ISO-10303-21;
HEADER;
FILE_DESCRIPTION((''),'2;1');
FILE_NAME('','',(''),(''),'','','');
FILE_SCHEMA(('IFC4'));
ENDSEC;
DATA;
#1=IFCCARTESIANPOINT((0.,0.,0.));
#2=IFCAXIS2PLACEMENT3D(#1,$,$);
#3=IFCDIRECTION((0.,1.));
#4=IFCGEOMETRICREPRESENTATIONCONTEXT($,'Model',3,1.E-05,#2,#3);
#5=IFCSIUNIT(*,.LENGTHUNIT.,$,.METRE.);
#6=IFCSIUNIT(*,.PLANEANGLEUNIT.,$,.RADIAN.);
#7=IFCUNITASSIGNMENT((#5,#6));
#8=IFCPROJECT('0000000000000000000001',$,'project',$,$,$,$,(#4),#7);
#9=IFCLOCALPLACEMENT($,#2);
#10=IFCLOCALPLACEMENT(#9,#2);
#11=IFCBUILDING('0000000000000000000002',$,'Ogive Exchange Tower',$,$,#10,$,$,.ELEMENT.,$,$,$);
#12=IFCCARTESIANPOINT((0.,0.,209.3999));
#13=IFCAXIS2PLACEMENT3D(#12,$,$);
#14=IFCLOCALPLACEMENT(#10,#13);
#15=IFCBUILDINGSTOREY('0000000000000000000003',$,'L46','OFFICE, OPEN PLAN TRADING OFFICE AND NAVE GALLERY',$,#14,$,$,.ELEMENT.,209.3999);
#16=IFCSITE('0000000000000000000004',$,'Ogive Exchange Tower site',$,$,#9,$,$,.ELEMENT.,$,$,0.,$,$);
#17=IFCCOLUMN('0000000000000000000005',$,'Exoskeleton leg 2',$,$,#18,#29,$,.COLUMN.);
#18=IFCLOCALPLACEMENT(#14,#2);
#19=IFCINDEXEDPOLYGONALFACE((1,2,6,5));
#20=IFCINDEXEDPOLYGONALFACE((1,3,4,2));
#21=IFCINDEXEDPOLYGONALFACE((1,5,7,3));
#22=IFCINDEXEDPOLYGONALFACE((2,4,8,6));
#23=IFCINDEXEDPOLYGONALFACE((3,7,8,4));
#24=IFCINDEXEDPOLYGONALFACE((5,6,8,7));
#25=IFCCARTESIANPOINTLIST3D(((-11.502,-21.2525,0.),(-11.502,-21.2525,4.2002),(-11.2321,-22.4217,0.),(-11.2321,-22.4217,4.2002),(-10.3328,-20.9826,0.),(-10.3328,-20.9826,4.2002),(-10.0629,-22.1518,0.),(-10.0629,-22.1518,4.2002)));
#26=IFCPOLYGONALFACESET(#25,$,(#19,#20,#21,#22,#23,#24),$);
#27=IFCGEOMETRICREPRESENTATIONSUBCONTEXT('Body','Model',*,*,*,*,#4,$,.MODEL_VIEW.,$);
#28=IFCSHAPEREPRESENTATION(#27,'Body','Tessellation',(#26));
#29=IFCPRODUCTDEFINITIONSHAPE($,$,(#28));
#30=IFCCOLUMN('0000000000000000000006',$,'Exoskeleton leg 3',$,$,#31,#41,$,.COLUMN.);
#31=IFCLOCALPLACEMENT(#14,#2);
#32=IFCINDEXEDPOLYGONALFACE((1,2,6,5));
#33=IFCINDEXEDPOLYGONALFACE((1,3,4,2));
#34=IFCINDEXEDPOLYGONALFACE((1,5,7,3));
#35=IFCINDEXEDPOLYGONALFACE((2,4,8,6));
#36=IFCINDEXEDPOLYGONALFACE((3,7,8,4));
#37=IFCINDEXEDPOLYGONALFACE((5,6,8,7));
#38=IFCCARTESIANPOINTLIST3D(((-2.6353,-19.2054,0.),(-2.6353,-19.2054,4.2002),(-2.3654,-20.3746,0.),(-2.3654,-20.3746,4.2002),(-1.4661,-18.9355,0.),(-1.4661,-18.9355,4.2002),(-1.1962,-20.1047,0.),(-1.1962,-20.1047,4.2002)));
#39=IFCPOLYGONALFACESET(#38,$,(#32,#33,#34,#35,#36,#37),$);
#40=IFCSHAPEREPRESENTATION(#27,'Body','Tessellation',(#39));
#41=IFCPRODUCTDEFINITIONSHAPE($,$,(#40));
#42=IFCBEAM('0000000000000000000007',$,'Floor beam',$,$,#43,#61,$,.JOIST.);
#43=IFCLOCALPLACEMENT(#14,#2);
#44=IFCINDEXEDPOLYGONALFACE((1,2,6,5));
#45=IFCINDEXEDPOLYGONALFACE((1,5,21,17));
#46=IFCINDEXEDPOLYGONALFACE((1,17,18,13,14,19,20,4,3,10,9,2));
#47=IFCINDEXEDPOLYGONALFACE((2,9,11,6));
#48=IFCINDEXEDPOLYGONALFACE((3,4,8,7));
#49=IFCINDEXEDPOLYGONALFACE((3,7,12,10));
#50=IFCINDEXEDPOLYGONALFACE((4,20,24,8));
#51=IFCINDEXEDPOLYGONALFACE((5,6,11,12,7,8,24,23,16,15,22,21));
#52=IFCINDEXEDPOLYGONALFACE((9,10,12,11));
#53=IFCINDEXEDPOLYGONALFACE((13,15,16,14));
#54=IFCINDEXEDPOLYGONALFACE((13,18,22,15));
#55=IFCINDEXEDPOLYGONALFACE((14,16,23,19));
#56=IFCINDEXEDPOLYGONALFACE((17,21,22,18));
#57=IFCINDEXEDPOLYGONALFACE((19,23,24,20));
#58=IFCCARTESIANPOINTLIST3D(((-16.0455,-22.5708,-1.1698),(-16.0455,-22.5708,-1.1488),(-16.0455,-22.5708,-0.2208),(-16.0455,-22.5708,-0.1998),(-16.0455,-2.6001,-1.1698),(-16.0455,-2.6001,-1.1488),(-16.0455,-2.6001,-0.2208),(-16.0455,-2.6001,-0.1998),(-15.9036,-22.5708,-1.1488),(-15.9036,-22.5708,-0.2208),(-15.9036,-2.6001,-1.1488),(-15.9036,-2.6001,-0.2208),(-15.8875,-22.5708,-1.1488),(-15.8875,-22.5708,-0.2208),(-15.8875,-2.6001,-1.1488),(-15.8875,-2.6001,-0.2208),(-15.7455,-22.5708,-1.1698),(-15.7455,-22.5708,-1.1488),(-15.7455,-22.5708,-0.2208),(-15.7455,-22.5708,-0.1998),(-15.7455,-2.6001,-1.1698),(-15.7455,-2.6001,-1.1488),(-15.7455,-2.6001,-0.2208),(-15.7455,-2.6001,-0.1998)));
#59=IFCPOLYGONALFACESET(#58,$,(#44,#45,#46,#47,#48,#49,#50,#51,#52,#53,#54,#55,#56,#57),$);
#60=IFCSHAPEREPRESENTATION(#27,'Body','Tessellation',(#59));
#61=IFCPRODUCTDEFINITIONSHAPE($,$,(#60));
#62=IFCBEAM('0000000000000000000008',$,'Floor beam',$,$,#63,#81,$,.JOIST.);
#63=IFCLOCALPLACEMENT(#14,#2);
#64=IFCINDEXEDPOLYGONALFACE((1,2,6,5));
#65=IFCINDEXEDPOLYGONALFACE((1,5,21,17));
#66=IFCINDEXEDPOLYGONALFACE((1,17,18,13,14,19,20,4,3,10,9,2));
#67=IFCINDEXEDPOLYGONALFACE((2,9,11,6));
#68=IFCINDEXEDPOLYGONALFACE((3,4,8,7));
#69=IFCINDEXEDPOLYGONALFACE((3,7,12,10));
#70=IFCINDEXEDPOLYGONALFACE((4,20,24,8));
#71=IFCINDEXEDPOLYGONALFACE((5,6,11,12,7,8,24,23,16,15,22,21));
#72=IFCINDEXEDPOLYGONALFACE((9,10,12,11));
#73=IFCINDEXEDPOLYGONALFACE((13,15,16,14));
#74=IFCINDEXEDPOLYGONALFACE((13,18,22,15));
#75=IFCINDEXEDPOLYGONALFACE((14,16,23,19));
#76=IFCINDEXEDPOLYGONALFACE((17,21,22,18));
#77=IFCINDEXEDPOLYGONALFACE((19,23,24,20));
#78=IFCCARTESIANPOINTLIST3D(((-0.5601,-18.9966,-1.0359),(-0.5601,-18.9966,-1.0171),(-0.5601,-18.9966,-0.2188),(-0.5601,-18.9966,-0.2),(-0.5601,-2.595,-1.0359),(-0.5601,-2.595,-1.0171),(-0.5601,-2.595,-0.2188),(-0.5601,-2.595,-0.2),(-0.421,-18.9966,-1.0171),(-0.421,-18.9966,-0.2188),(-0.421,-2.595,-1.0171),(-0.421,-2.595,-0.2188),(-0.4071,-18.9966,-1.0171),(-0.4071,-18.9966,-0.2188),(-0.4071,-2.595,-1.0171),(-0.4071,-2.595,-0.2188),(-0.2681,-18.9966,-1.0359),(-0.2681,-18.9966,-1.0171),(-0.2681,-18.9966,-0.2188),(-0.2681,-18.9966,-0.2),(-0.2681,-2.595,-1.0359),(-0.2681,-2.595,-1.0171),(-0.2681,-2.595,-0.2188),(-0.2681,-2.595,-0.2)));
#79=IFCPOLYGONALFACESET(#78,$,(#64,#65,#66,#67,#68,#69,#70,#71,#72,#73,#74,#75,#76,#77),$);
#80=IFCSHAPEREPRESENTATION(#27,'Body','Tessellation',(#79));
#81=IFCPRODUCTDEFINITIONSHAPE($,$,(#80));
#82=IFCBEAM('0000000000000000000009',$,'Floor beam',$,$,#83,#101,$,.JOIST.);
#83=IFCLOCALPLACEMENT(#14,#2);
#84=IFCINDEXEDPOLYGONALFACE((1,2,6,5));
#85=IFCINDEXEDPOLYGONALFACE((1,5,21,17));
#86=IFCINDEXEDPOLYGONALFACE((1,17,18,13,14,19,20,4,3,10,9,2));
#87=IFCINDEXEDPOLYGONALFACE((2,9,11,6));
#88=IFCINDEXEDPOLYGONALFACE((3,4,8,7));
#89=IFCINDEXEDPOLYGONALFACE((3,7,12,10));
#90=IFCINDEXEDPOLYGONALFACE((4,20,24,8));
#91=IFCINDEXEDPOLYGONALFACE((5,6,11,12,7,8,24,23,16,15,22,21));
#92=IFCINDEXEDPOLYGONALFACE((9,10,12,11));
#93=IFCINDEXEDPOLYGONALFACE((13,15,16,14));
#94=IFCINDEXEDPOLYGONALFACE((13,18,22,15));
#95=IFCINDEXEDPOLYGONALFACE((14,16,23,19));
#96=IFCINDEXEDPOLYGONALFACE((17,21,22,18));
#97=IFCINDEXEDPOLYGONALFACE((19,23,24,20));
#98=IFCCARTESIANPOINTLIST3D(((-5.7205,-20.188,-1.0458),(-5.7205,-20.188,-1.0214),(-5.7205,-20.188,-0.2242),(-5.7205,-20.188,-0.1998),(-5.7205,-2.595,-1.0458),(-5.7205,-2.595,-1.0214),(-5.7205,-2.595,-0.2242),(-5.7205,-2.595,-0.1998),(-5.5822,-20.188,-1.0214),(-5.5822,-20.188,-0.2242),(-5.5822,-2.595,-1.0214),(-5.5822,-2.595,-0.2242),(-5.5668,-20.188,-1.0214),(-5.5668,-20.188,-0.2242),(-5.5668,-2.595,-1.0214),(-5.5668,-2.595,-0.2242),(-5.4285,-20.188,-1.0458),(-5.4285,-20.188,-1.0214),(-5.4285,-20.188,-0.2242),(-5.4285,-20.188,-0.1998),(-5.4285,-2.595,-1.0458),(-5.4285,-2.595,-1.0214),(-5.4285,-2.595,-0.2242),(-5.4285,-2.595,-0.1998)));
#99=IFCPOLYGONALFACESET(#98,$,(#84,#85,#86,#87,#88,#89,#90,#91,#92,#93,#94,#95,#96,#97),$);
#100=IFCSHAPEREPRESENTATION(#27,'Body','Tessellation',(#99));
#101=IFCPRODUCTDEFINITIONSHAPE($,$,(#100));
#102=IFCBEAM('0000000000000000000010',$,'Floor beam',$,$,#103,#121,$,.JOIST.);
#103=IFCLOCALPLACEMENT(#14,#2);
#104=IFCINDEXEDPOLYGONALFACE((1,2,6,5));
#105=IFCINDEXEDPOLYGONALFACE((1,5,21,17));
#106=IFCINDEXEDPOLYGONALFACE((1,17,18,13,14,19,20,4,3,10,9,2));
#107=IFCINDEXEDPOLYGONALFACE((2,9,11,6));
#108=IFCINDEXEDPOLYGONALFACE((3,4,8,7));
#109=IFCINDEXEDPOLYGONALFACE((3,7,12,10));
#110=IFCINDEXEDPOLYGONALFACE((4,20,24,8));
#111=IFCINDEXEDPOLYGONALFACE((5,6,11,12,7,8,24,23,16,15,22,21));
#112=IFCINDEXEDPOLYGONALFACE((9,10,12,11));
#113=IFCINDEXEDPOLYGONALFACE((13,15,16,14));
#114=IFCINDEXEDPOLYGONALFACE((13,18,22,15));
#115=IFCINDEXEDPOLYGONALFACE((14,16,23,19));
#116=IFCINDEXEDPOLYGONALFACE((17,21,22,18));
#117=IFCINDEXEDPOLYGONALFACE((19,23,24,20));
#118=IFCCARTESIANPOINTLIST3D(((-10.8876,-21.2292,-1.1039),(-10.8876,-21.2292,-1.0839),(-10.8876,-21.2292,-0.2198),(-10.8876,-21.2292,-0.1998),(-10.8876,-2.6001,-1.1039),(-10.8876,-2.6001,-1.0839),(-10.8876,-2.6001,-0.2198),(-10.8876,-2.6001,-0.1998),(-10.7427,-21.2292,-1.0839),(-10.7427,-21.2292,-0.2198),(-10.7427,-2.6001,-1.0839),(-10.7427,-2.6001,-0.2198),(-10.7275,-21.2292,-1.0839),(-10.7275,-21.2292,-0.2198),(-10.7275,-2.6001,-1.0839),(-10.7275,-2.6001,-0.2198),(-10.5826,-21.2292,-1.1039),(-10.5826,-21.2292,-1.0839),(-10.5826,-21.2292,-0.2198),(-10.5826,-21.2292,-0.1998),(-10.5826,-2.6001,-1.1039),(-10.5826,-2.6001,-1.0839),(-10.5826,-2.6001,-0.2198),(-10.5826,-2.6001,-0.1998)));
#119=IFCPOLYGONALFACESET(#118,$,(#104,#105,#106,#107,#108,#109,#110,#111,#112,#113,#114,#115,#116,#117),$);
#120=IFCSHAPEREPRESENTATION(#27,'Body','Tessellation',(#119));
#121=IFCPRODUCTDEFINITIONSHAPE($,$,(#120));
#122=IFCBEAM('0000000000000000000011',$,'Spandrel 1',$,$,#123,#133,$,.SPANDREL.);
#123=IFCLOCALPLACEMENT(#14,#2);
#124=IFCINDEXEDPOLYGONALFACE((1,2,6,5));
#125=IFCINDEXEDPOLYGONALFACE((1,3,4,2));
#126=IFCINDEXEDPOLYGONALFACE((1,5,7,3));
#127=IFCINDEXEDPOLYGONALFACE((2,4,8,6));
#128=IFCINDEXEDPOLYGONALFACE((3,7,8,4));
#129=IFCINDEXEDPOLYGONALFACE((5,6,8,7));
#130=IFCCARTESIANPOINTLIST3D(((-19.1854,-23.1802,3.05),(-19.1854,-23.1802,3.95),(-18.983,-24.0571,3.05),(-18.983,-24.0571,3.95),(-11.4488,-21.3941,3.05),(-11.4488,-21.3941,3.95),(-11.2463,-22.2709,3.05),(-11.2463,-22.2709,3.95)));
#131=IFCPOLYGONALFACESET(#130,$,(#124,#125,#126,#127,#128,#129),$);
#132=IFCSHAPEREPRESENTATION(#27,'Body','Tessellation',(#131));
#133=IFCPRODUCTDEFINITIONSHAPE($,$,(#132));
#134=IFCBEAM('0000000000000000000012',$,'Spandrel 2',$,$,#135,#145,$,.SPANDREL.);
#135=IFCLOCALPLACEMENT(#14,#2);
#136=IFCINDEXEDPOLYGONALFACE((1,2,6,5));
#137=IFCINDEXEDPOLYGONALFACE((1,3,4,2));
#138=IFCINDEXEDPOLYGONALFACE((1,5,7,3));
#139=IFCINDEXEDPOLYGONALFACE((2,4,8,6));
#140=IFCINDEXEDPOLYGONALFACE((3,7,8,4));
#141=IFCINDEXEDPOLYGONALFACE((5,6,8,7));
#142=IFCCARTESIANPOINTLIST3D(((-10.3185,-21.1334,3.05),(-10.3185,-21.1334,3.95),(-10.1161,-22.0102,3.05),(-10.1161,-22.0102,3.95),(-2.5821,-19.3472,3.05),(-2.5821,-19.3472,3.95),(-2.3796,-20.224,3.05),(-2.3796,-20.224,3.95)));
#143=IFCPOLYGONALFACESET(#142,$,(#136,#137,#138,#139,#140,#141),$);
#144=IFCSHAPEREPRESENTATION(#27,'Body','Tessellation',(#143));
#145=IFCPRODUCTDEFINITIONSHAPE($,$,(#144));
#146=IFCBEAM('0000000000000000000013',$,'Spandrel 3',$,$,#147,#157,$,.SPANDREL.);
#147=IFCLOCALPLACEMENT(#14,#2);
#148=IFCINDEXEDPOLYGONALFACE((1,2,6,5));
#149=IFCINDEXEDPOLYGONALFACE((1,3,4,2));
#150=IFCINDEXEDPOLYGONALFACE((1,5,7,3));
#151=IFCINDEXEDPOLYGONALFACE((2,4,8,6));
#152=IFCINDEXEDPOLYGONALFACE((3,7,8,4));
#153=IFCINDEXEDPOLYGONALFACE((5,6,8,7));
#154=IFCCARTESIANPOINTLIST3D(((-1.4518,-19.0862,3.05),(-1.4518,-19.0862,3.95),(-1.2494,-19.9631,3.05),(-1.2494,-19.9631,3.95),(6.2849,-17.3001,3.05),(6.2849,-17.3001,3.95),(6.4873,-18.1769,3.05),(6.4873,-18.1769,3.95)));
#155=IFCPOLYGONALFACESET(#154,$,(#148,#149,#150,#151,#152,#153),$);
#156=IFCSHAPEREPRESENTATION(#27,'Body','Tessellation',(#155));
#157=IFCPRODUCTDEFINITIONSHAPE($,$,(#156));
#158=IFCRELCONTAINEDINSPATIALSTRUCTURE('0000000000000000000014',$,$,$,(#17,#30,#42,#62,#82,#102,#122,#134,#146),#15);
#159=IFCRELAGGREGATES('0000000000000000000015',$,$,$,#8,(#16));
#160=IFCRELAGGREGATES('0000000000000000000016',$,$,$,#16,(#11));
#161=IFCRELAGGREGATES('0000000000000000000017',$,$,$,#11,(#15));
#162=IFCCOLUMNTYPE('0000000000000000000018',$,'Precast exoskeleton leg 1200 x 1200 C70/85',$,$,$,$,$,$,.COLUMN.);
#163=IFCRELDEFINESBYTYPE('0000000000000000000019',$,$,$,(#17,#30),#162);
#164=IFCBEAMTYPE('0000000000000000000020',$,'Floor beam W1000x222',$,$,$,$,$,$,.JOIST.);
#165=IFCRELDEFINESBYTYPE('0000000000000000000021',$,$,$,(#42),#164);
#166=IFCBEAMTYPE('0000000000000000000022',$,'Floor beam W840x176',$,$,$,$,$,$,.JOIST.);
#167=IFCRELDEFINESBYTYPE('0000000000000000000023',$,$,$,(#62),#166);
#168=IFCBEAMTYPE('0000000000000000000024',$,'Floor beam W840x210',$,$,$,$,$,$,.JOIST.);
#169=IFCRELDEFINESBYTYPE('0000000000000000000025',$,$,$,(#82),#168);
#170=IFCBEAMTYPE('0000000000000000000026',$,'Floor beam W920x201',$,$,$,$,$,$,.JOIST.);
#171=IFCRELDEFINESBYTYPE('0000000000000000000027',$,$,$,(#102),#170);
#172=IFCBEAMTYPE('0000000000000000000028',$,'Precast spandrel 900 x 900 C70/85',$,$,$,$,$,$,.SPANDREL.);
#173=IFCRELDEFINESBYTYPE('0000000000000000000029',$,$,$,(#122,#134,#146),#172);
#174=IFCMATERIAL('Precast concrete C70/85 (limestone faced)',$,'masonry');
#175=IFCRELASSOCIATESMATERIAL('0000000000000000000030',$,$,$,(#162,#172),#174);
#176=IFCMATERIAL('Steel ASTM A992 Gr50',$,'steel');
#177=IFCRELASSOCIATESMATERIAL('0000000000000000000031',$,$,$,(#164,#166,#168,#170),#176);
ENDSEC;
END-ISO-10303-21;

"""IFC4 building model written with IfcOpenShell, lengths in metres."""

from ifc_helpers import new_model, si_unit, direction, frame, origin, origin_2d, place, context, subcontext, project, spatial, rectangle, i_section, extrude, material, material_profile, profile_set, type_object, element, save


model = new_model("IFC4")

# Units and contexts
model_context = context("Model", 3, precision=1e-05, world=origin(), true_north=direction((0.0, 1.0)))
body_context = subcontext(model_context, "Body", "Model", "MODEL_VIEW")
ifc_project = project(units=[si_unit("LENGTHUNIT", "METRE"), si_unit("PLANEANGLEUNIT", "RADIAN")], contexts=[model_context])

# Site, building, storey
site_placement = place(None, origin())
site = spatial("IfcSite", under=ifc_project, at=site_placement, Name="Ogive Exchange Tower site", CompositionType="ELEMENT", RefElevation=0.0)
building_placement = place(site_placement, origin())
building = spatial("IfcBuilding", under=site, at=building_placement, Name="Ogive Exchange Tower", CompositionType="ELEMENT")
storey_placement = place(building_placement, frame((0.0, 0.0, 209.3999)))
storey = spatial("IfcBuildingStorey", under=building, at=storey_placement, Name="L46", Description="OFFICE, OPEN PLAN TRADING OFFICE AND NAVE GALLERY", CompositionType="ELEMENT", Elevation=209.3999)

# Columns
ifc_material_1 = material(Name="Precast concrete C70/85 (limestone faced)", Category="masonry")
ifc_material_profile_1 = material_profile(ifc_material_1, rectangle(XDim=1.2, YDim=1.2, at=origin_2d()), Name="1200 x 1200")
ifc_profile_set_1 = profile_set([ifc_material_profile_1], Name="Precast concrete C70/85 (limestone faced)")
column_type = type_object("IfcColumnType", Name="Precast exoskeleton leg 1200 x 1200 C70/85", PredefinedType="COLUMN", material=ifc_profile_set_1)
for number, where, z_axis, x_axis, name in (
    (1, (-10.7825, -21.7021, 0.0), (0.0, 0.0, 1.0), (0.97437, 0.224951, 0.0), "Exoskeleton leg 2"),
    (2, (-1.9158, -19.655, 0.0), (0.0, 0.0, 1.0), (0.97437, 0.224951, 0.0), "Exoskeleton leg 3"),
):
    element("IfcColumn", number, at=place(storey_placement, frame(where, z_axis=z_axis, x_axis=x_axis)), inside=storey, type_object=column_type, Name=name, PredefinedType="COLUMN", context=body_context, shape_type="SweptSolid", body=[
        extrude(rectangle(XDim=1.2, YDim=1.2, at=origin_2d()), origin(), (0.0, 0.0, 1.0), 4.2002),
    ])

# Beams
ifc_material_2 = material(Name="Steel ASTM A992 Gr50", Category="steel")
ifc_material_profile_2 = material_profile(ifc_material_2, i_section(OverallWidth=0.3, OverallDepth=0.97, WebThickness=0.0161, FlangeThickness=0.021, at=origin_2d()), Name="W1000x222")
ifc_profile_set_2 = profile_set([ifc_material_profile_2], Name="Steel ASTM A992 Gr50")
beam_type_1 = type_object("IfcBeamType", Name="Floor beam W1000x222", PredefinedType="JOIST", material=ifc_profile_set_2)
beam_1_placement = place(storey_placement, frame((-15.8955, -22.5708, -0.6848), z_axis=(0.0, 1.0, 0.0), x_axis=(-1.0, 0.0, 0.0)))
element("IfcBeam", 3, at=beam_1_placement, inside=storey, type_object=beam_type_1, Name="Floor beam", PredefinedType="JOIST", context=body_context, shape_type="SweptSolid", body=[
    extrude(i_section(OverallWidth=0.3, OverallDepth=0.97, WebThickness=0.0161, FlangeThickness=0.021, at=origin_2d()), origin(), (0.0, 0.0, 1.0), 19.9707),
])
ifc_material_profile_3 = material_profile(ifc_material_2, i_section(OverallWidth=0.292, OverallDepth=0.8359, WebThickness=0.0139, FlangeThickness=0.0188, at=origin_2d()), Name="W840x176")
ifc_profile_set_3 = profile_set([ifc_material_profile_3], Name="Steel ASTM A992 Gr50")
beam_type_2 = type_object("IfcBeamType", Name="Floor beam W840x176", PredefinedType="JOIST", material=ifc_profile_set_3)
beam_2_placement = place(storey_placement, frame((-0.4141, -18.9966, -0.6179), z_axis=(0.0, 1.0, 0.0), x_axis=(-1.0, 0.0, 0.0)))
element("IfcBeam", 4, at=beam_2_placement, inside=storey, type_object=beam_type_2, Name="Floor beam", PredefinedType="JOIST", context=body_context, shape_type="SweptSolid", body=[
    extrude(i_section(OverallWidth=0.292, OverallDepth=0.8359, WebThickness=0.0139, FlangeThickness=0.0188, at=origin_2d()), origin(), (0.0, 0.0, 1.0), 16.4016),
])
ifc_material_profile_4 = material_profile(ifc_material_2, i_section(OverallWidth=0.292, OverallDepth=0.8459, WebThickness=0.0154, FlangeThickness=0.0244, at=origin_2d()), Name="W840x210")
ifc_profile_set_4 = profile_set([ifc_material_profile_4], Name="Steel ASTM A992 Gr50")
beam_type_3 = type_object("IfcBeamType", Name="Floor beam W840x210", PredefinedType="JOIST", material=ifc_profile_set_4)
beam_3_placement = place(storey_placement, frame((-5.5745, -20.188, -0.6228), z_axis=(0.0, 1.0, 0.0), x_axis=(-1.0, 0.0, 0.0)))
element("IfcBeam", 5, at=beam_3_placement, inside=storey, type_object=beam_type_3, Name="Floor beam", PredefinedType="JOIST", context=body_context, shape_type="SweptSolid", body=[
    extrude(i_section(OverallWidth=0.292, OverallDepth=0.8459, WebThickness=0.0154, FlangeThickness=0.0244, at=origin_2d()), origin(), (0.0, 0.0, 1.0), 17.593),
])
ifc_material_profile_5 = material_profile(ifc_material_2, i_section(OverallWidth=0.3049, OverallDepth=0.9041, WebThickness=0.0151, FlangeThickness=0.02, at=origin_2d()), Name="W920x201")
ifc_profile_set_5 = profile_set([ifc_material_profile_5], Name="Steel ASTM A992 Gr50")
beam_type_4 = type_object("IfcBeamType", Name="Floor beam W920x201", PredefinedType="JOIST", material=ifc_profile_set_5)
beam_4_placement = place(storey_placement, frame((-10.7351, -21.2292, -0.6519), z_axis=(0.0, 1.0, 0.0), x_axis=(-1.0, 0.0, 0.0)))
element("IfcBeam", 6, at=beam_4_placement, inside=storey, type_object=beam_type_4, Name="Floor beam", PredefinedType="JOIST", context=body_context, shape_type="SweptSolid", body=[
    extrude(i_section(OverallWidth=0.3049, OverallDepth=0.9041, WebThickness=0.0151, FlangeThickness=0.02, at=origin_2d()), origin(), (0.0, 0.0, 1.0), 18.6292),
])
ifc_material_profile_6 = material_profile(ifc_material_1, rectangle(XDim=0.8999, YDim=0.8999, at=origin_2d()), Name="900 x 900")
ifc_profile_set_6 = profile_set([ifc_material_profile_6], Name="Precast concrete C70/85 (limestone faced)")
beam_type_5 = type_object("IfcBeamType", Name="Precast spandrel 900 x 900 C70/85", PredefinedType="SPANDREL", material=ifc_profile_set_6)
beam_5_placement = place(storey_placement, frame((-19.0842, -23.6187, 3.5), z_axis=(0.97437, 0.224952, 0.0), x_axis=(-0.224952, 0.97437, 0.0)))
element("IfcBeam", 7, at=beam_5_placement, inside=storey, type_object=beam_type_5, Name="Spandrel 1", PredefinedType="SPANDREL", context=body_context, shape_type="SweptSolid", body=[
    extrude(rectangle(XDim=0.8999, YDim=0.8999, at=origin_2d()), origin(), (0.0, 0.0, 1.0), 7.9402),
])
beam_6_placement = place(storey_placement, frame((-10.2173, -21.5718, 3.5), z_axis=(0.974368, 0.224958, 0.0), x_axis=(-0.224958, 0.974368, 0.0)))
element("IfcBeam", 8, at=beam_6_placement, inside=storey, type_object=beam_type_5, Name="Spandrel 2", PredefinedType="SPANDREL", context=body_context, shape_type="SweptSolid", body=[
    extrude(rectangle(XDim=0.8999, YDim=0.8999, at=origin_2d()), origin(), (0.0, 0.0, 1.0), 7.9399),
])
beam_7_placement = place(storey_placement, frame((-1.3506, -19.5247, 3.5), z_axis=(0.97437, 0.224952, 0.0), x_axis=(-0.224952, 0.97437, 0.0)))
element("IfcBeam", 9, at=beam_7_placement, inside=storey, type_object=beam_type_5, Name="Spandrel 3", PredefinedType="SPANDREL", context=body_context, shape_type="SweptSolid", body=[
    extrude(rectangle(XDim=0.8999, YDim=0.8999, at=origin_2d()), origin(), (0.0, 0.0, 1.0), 7.9402),
])

save(model, "model.ifc")
